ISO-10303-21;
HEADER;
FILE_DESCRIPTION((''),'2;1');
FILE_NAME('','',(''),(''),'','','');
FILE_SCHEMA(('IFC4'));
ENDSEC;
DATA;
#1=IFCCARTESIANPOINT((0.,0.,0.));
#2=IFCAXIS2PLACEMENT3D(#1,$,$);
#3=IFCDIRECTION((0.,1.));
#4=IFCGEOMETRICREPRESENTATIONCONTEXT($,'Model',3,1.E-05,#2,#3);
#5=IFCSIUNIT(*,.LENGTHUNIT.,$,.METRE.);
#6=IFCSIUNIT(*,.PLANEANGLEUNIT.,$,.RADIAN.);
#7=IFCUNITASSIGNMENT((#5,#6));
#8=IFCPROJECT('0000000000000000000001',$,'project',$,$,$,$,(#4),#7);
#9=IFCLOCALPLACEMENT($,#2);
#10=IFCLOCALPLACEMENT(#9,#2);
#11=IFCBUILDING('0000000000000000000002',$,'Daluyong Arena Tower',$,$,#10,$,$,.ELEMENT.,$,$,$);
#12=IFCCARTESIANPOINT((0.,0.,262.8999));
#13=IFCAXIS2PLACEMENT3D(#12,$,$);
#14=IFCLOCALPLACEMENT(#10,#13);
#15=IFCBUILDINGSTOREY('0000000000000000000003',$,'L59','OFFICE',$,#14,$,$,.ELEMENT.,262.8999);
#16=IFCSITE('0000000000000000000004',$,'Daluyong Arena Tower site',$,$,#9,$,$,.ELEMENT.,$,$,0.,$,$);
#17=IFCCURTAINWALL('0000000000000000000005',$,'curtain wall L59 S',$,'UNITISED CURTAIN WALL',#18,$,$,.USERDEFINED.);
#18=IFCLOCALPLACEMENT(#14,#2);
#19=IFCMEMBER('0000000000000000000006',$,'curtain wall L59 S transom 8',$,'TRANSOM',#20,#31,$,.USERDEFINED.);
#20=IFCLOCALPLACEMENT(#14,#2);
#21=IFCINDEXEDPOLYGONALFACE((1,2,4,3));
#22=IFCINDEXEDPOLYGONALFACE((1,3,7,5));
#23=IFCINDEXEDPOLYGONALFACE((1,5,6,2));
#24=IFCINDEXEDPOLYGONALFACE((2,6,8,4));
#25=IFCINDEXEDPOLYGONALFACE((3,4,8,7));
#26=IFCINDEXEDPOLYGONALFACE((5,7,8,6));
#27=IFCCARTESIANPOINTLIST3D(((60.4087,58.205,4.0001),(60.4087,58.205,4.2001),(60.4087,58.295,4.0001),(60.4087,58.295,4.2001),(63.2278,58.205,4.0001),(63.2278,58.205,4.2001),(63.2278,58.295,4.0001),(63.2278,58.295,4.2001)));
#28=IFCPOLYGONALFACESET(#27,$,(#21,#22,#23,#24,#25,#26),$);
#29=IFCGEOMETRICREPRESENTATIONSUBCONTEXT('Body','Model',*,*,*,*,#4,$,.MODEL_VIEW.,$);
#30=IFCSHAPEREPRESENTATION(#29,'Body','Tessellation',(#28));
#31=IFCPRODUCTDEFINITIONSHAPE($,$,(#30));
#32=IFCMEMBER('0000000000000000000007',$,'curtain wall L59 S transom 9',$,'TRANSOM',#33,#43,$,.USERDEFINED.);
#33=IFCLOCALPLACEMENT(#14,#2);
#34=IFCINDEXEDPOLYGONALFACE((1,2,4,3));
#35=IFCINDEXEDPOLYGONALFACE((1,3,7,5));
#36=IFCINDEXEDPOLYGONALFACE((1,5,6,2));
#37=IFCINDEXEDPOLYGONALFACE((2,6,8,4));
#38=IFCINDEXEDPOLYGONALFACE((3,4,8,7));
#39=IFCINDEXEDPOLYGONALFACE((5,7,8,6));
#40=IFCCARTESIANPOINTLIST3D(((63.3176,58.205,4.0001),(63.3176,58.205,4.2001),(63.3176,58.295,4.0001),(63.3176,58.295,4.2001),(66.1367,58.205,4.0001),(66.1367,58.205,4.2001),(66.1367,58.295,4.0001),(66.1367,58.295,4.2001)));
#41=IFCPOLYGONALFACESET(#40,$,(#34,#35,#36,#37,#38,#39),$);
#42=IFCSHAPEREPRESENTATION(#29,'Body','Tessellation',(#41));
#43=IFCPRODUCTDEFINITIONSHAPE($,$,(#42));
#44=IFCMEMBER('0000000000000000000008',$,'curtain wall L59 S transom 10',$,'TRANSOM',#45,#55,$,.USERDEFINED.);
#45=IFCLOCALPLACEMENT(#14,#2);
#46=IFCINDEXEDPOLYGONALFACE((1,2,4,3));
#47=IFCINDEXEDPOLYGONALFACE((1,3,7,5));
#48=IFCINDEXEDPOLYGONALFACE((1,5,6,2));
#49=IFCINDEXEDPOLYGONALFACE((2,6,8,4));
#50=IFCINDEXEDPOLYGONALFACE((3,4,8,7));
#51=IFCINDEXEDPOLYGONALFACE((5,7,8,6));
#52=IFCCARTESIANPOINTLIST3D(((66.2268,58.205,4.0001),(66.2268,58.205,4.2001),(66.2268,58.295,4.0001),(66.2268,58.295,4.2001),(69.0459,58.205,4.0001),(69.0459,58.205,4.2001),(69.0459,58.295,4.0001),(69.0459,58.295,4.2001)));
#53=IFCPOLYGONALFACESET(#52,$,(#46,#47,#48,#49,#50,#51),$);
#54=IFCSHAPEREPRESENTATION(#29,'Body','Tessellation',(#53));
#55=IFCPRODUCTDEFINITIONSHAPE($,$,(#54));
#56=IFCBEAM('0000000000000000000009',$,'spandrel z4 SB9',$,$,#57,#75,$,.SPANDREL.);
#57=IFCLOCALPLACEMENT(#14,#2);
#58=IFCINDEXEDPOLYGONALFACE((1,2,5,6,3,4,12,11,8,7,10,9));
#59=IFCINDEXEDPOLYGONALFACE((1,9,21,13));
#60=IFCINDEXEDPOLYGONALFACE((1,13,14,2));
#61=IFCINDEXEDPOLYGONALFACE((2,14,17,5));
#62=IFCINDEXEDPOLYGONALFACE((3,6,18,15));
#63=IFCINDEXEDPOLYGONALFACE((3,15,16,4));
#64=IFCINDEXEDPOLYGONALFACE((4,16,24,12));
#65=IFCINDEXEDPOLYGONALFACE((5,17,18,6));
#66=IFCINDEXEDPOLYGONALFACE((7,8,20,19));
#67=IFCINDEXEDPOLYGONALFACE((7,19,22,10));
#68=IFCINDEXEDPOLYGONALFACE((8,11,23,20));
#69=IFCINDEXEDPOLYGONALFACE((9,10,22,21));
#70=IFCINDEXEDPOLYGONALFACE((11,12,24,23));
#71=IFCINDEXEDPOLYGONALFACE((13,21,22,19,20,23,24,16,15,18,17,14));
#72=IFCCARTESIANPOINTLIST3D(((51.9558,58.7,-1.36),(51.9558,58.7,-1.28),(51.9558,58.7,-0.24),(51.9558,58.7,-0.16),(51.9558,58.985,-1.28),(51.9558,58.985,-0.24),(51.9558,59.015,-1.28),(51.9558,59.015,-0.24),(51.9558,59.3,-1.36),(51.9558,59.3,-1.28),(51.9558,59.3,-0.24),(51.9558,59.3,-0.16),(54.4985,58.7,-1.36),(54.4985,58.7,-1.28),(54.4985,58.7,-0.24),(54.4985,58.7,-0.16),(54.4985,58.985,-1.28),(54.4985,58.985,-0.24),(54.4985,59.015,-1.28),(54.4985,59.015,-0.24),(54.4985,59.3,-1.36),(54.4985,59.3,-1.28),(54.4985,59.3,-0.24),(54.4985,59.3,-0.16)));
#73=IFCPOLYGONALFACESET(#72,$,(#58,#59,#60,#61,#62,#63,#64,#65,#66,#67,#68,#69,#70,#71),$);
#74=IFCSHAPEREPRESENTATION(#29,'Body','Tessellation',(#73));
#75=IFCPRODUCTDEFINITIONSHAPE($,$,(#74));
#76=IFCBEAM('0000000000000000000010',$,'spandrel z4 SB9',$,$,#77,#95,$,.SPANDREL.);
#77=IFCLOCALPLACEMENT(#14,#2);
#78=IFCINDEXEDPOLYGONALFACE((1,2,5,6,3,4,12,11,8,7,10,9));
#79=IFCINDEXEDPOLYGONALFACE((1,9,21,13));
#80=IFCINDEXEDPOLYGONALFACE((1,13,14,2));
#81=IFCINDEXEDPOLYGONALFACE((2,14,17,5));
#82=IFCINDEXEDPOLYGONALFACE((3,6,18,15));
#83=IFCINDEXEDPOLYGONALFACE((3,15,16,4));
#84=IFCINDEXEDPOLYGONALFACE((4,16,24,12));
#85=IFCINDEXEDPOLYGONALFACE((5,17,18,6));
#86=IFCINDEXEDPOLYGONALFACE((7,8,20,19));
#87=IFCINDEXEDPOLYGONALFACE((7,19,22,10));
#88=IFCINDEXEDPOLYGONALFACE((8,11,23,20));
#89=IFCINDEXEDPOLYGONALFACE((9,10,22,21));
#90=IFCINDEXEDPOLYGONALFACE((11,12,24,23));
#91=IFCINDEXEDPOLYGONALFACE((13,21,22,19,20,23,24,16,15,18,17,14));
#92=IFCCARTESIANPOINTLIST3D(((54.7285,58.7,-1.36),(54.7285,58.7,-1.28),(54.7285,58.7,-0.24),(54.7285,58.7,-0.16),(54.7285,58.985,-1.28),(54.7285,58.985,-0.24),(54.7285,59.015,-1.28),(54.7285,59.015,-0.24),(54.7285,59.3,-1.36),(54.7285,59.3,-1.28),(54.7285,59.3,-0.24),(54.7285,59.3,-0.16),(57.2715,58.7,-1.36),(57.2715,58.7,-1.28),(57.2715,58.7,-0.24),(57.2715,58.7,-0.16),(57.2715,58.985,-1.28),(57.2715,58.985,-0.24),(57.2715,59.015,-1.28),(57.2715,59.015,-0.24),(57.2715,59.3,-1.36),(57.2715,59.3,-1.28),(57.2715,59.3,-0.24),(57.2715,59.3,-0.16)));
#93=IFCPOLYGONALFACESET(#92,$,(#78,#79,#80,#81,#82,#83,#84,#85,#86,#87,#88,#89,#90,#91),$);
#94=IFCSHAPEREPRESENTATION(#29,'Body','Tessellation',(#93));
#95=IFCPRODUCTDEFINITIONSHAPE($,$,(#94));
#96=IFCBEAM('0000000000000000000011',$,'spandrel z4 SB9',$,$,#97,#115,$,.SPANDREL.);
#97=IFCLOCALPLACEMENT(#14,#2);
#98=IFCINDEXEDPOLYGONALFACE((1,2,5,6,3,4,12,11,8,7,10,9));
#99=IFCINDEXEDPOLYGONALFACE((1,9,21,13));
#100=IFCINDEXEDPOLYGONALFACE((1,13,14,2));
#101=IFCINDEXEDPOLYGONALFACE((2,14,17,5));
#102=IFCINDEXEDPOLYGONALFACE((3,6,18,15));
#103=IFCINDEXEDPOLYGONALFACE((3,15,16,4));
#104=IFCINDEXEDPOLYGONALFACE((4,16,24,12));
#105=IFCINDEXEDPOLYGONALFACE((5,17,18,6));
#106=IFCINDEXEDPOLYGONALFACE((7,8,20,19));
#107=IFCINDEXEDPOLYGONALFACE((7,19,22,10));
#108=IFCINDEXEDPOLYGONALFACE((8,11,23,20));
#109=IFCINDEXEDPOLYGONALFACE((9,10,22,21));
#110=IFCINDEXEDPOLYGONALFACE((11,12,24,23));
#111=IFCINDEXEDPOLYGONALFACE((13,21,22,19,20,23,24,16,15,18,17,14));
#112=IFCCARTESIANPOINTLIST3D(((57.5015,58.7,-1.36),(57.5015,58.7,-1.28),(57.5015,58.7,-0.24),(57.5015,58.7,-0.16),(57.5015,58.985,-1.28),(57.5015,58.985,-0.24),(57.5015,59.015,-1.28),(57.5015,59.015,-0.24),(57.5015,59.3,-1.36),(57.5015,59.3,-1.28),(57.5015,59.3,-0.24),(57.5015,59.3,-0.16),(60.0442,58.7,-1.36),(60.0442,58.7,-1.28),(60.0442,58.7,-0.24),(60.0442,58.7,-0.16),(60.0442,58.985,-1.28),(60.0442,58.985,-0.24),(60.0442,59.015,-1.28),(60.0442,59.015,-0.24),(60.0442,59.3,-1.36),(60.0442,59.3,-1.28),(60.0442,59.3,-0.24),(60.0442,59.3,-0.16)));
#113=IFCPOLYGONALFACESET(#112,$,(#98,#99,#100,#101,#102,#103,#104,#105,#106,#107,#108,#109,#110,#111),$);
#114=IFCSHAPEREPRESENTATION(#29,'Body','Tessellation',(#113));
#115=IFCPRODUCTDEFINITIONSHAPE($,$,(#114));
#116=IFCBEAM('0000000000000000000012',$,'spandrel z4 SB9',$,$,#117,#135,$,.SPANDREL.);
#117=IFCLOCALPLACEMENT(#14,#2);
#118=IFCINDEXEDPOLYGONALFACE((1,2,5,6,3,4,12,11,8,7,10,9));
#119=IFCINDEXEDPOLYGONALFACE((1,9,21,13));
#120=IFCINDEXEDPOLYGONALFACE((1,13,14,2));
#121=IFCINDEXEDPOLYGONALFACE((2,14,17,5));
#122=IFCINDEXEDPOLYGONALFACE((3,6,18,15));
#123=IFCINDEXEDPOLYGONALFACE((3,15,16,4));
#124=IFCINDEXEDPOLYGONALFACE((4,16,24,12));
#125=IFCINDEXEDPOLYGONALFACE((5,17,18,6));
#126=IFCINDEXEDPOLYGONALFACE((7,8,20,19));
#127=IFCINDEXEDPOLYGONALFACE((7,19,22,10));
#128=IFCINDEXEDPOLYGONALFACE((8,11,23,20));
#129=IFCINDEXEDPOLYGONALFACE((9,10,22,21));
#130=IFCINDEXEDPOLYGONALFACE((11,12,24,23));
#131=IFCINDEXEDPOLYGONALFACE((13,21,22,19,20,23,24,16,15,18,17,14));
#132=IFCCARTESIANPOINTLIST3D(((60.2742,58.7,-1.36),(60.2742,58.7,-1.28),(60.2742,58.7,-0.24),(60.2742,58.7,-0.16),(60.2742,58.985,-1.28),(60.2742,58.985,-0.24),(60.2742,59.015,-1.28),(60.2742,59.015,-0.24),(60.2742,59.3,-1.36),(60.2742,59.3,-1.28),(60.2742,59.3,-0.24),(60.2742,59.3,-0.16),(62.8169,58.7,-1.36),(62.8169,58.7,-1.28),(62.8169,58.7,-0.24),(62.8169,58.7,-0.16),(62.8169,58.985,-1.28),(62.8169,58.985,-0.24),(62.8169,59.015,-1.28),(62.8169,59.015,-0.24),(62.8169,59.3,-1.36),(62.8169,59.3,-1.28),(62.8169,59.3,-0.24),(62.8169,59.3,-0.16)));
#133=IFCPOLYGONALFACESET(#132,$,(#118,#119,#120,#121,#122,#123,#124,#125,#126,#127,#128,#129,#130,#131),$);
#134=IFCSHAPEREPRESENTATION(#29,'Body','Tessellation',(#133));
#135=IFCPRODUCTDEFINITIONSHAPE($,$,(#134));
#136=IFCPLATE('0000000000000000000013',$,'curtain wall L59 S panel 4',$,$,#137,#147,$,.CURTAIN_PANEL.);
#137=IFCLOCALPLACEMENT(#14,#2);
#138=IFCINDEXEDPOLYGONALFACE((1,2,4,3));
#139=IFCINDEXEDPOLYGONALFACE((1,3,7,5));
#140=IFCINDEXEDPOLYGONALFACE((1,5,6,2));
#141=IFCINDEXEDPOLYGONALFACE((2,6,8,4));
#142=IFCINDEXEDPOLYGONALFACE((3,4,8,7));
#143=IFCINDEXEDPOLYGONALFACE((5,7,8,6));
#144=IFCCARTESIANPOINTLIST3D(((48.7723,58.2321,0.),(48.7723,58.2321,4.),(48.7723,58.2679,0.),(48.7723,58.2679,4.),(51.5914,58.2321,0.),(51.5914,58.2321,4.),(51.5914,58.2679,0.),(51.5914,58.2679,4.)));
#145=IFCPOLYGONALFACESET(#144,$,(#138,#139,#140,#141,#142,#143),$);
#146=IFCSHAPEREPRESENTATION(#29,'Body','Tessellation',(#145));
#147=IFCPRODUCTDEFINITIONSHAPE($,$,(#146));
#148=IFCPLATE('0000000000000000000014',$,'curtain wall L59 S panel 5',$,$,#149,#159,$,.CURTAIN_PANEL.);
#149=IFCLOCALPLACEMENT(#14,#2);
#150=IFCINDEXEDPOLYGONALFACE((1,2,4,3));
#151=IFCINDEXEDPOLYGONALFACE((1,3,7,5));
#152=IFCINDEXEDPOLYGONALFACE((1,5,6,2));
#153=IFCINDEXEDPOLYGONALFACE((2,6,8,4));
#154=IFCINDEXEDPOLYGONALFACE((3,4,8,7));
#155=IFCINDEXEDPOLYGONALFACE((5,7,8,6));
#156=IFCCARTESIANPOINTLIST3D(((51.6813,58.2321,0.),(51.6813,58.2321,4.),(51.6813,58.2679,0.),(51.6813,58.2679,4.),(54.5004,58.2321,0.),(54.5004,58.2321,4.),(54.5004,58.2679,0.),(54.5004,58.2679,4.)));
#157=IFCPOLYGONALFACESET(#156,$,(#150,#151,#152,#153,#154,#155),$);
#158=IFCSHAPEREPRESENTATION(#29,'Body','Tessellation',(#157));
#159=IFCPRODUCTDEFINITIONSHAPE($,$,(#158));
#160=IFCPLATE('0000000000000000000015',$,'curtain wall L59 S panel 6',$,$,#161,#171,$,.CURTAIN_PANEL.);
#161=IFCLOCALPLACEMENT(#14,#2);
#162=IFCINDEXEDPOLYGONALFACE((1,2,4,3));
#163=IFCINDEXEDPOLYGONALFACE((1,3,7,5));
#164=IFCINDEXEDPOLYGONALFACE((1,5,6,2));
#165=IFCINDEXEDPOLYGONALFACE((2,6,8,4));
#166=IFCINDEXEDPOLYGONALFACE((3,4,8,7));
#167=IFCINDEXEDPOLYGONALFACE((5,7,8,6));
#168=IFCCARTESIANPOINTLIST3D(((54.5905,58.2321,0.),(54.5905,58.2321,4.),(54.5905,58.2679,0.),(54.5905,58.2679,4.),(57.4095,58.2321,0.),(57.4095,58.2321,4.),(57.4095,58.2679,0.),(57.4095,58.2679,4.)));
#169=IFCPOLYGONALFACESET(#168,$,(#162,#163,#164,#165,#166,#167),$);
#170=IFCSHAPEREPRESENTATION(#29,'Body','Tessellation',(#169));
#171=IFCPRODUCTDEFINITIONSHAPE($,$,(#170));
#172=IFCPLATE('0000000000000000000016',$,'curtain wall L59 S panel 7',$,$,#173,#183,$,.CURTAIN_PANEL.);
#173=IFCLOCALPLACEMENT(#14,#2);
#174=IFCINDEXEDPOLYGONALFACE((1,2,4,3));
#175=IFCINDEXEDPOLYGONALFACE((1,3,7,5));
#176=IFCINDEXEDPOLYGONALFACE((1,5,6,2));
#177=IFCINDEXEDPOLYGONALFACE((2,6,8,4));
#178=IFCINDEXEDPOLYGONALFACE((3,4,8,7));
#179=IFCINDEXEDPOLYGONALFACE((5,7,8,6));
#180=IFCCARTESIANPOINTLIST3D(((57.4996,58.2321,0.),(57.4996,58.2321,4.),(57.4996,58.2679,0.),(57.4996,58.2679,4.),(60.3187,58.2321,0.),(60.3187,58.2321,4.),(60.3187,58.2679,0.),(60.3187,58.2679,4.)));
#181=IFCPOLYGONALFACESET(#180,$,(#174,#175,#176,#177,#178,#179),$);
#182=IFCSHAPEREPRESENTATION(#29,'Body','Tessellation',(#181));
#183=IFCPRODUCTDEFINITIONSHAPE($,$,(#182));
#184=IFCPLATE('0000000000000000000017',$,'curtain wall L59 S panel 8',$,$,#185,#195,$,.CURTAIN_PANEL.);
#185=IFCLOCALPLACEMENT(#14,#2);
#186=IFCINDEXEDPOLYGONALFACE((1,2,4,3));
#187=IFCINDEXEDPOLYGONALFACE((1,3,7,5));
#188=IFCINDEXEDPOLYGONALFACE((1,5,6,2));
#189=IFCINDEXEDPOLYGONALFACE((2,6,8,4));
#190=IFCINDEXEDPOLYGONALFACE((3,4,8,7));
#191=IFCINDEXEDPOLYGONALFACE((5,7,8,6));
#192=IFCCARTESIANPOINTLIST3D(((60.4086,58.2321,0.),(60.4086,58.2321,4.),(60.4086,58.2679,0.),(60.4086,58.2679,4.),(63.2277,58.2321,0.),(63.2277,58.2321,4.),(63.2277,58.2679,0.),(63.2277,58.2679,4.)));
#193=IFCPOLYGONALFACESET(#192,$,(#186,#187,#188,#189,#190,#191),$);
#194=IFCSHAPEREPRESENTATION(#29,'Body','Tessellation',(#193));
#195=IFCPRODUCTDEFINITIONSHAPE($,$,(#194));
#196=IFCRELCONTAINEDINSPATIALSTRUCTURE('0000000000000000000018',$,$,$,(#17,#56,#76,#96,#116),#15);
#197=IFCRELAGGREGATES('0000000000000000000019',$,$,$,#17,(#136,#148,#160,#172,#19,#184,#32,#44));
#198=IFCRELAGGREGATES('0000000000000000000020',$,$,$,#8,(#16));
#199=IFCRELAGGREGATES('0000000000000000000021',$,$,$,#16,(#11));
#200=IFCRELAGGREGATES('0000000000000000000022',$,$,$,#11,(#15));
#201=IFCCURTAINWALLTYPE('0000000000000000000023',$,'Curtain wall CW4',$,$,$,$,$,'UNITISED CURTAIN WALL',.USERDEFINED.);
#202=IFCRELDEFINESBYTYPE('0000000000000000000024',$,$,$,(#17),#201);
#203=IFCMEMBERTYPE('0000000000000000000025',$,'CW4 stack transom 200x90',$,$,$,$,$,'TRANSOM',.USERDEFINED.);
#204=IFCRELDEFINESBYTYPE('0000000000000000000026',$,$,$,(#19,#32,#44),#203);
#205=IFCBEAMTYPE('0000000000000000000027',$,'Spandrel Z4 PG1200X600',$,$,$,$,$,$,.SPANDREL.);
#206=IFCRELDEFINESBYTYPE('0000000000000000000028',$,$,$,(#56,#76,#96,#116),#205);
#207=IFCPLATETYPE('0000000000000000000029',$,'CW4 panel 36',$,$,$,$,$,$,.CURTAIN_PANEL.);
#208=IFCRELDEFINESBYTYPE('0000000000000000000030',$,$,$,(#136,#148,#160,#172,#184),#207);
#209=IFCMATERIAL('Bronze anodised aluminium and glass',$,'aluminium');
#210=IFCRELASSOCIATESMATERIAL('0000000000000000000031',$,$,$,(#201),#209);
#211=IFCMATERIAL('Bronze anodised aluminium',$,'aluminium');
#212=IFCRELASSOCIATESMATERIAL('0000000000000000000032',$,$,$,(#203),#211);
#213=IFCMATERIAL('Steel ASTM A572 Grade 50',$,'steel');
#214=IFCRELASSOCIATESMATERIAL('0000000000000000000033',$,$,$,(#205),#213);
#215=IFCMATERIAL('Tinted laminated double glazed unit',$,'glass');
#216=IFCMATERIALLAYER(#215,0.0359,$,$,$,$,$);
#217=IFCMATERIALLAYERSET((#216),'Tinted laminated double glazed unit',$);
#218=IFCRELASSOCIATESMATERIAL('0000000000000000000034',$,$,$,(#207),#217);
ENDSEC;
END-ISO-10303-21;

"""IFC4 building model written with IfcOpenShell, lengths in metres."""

from ifc_helpers import new_model, si_unit, direction, frame, origin, origin_2d, place, context, subcontext, project, spatial, rectangle, i_section, extrude, material, layer, layer_set, material_profile, profile_set, type_object, element, aggregate, save


model = new_model("IFC4")

# Units and contexts
model_context = context("Model", 3, precision=1e-05, world=origin(), true_north=direction((0.0, 1.0)))
body_context = subcontext(model_context, "Body", "Model", "MODEL_VIEW")
ifc_project = project(units=[si_unit("LENGTHUNIT", "METRE"), si_unit("PLANEANGLEUNIT", "RADIAN")], contexts=[model_context])

# Site, building, storey
site_placement = place(None, origin())
site = spatial("IfcSite", under=ifc_project, at=site_placement, Name="Daluyong Arena Tower site", CompositionType="ELEMENT", RefElevation=0.0)
building_placement = place(site_placement, origin())
building = spatial("IfcBuilding", under=site, at=building_placement, Name="Daluyong Arena Tower", CompositionType="ELEMENT")
storey_placement = place(building_placement, frame((0.0, 0.0, 262.8999)))
storey = spatial("IfcBuildingStorey", under=building, at=storey_placement, Name="L59", Description="OFFICE", CompositionType="ELEMENT", Elevation=262.8999)

# Curtain wall, members
ifc_material_1 = material(Name="Bronze anodised aluminium and glass", Category="aluminium")
curtain_wall_type = type_object("IfcCurtainWallType", Name="Curtain wall CW4", ElementType="UNITISED CURTAIN WALL", PredefinedType="USERDEFINED", material=ifc_material_1)
curtain_wall_placement = place(storey_placement, origin())
curtain_wall = element("IfcCurtainWall", 1, at=curtain_wall_placement, inside=storey, type_object=curtain_wall_type, Name="curtain wall L59 S", ObjectType="UNITISED CURTAIN WALL", PredefinedType="USERDEFINED")
ifc_material_2 = material(Name="Bronze anodised aluminium", Category="aluminium")
ifc_material_profile_1 = material_profile(ifc_material_2, rectangle(XDim=0.0901, YDim=0.2, at=origin_2d()))
ifc_profile_set_1 = profile_set([ifc_material_profile_1], Name="Bronze anodised aluminium")
member_type_1 = type_object("IfcMemberType", Name="CW4 stack transom 200x90", ElementType="TRANSOM", PredefinedType="USERDEFINED", material=ifc_profile_set_1)
member_1_placement = place(storey_placement, frame((60.4087, 58.25, 4.1001), z_axis=(1.0, 0.0, 0.0), x_axis=(0.0, 1.0, 0.0)))
member_1 = element("IfcMember", 2, at=member_1_placement, type_object=member_type_1, Name="curtain wall L59 S transom 8", ObjectType="TRANSOM", PredefinedType="USERDEFINED", context=body_context, shape_type="SweptSolid", body=[
    extrude(rectangle(XDim=0.0901, YDim=0.2, at=origin_2d()), origin(), (0.0, 0.0, 1.0), 2.8191),
])
member_2_placement = place(storey_placement, frame((63.3176, 58.25, 4.1001), z_axis=(1.0, 0.0, 0.0), x_axis=(0.0, 1.0, 0.0)))
member_2 = element("IfcMember", 3, at=member_2_placement, type_object=member_type_1, Name="curtain wall L59 S transom 9", ObjectType="TRANSOM", PredefinedType="USERDEFINED", context=body_context, shape_type="SweptSolid", body=[
    extrude(rectangle(XDim=0.0901, YDim=0.2, at=origin_2d()), origin(), (0.0, 0.0, 1.0), 2.8191),
])
member_3_placement = place(storey_placement, frame((66.2268, 58.25, 4.1001), z_axis=(1.0, 0.0, 0.0), x_axis=(0.0, 1.0, 0.0)))
member_3 = element("IfcMember", 4, at=member_3_placement, type_object=member_type_1, Name="curtain wall L59 S transom 10", ObjectType="TRANSOM", PredefinedType="USERDEFINED", context=body_context, shape_type="SweptSolid", body=[
    extrude(rectangle(XDim=0.0901, YDim=0.2, at=origin_2d()), origin(), (0.0, 0.0, 1.0), 2.8191),
])

# Beams
ifc_material_3 = material(Name="Steel ASTM A572 Grade 50", Category="steel")
ifc_material_profile_2 = material_profile(ifc_material_3, i_section(OverallWidth=0.6001, OverallDepth=1.2, WebThickness=0.03, FlangeThickness=0.08, at=origin_2d()))
ifc_profile_set_2 = profile_set([ifc_material_profile_2], Name="Steel ASTM A572 Grade 50")
beam_type = type_object("IfcBeamType", Name="Spandrel Z4 PG1200X600", PredefinedType="SPANDREL", material=ifc_profile_set_2)
beam_1_placement = place(storey_placement, frame((51.9558, 59.0, -0.76), z_axis=(1.0, 0.0, 0.0), x_axis=(0.0, 1.0, 0.0)))
element("IfcBeam", 5, at=beam_1_placement, inside=storey, type_object=beam_type, Name="spandrel z4 SB9", PredefinedType="SPANDREL", context=body_context, shape_type="SweptSolid", body=[
    extrude(i_section(OverallWidth=0.6001, OverallDepth=1.2, WebThickness=0.03, FlangeThickness=0.08, at=origin_2d()), origin(), (0.0, 0.0, 1.0), 2.5427),
])
beam_2_placement = place(storey_placement, frame((54.7285, 59.0, -0.76), z_axis=(1.0, 0.0, 0.0), x_axis=(0.0, 1.0, 0.0)))
element("IfcBeam", 6, at=beam_2_placement, inside=storey, type_object=beam_type, Name="spandrel z4 SB9", PredefinedType="SPANDREL", context=body_context, shape_type="SweptSolid", body=[
    extrude(i_section(OverallWidth=0.6001, OverallDepth=1.2, WebThickness=0.03, FlangeThickness=0.08, at=origin_2d()), origin(), (0.0, 0.0, 1.0), 2.543),
])
for number, where, z_axis, x_axis, name in (
    (7, (57.5015, 59.0, -0.76), (1.0, 0.0, 0.0), (0.0, 1.0, 0.0), "spandrel z4 SB9"),
    (8, (60.2742, 59.0, -0.76), (1.0, 0.0, 0.0), (0.0, 1.0, 0.0), "spandrel z4 SB9"),
):
    element("IfcBeam", number, at=place(storey_placement, frame(where, z_axis=z_axis, x_axis=x_axis)), inside=storey, type_object=beam_type, Name=name, PredefinedType="SPANDREL", context=body_context, shape_type="SweptSolid", body=[
        extrude(i_section(OverallWidth=0.6001, OverallDepth=1.2, WebThickness=0.03, FlangeThickness=0.08, at=origin_2d()), origin(), (0.0, 0.0, 1.0), 2.5427),
    ])

# Plates
ifc_material_4 = material(Name="Tinted laminated double glazed unit", Category="glass")
ifc_layer = layer(ifc_material_4, 0.0359)
ifc_layer_set = layer_set([ifc_layer], Name="Tinted laminated double glazed unit")
plate_type = type_object("IfcPlateType", Name="CW4 panel 36", PredefinedType="CURTAIN_PANEL", material=ifc_layer_set)
plate_1_placement = place(storey_placement, frame((50.1819, 58.25, 0.0), z_axis=(0.0, 0.0, 1.0), x_axis=(1.0, 0.0, 0.0)))
plate_1 = element("IfcPlate", 9, at=plate_1_placement, type_object=plate_type, Name="curtain wall L59 S panel 4", PredefinedType="CURTAIN_PANEL", context=body_context, shape_type="SweptSolid", body=[
    extrude(rectangle(XDim=2.8191, YDim=0.0359, at=origin_2d()), origin(), (0.0, 0.0, 1.0), 4.0),
])
plate_2_placement = place(storey_placement, frame((53.0908, 58.25, 0.0), z_axis=(0.0, 0.0, 1.0), x_axis=(1.0, 0.0, 0.0)))
plate_2 = element("IfcPlate", 10, at=plate_2_placement, type_object=plate_type, Name="curtain wall L59 S panel 5", PredefinedType="CURTAIN_PANEL", context=body_context, shape_type="SweptSolid", body=[
    extrude(rectangle(XDim=2.8191, YDim=0.0359, at=origin_2d()), origin(), (0.0, 0.0, 1.0), 4.0),
])
plate_3_placement = place(storey_placement, frame((56.0, 58.25, 0.0), z_axis=(0.0, 0.0, 1.0), x_axis=(1.0, 0.0, 0.0)))
plate_3 = element("IfcPlate", 11, at=plate_3_placement, type_object=plate_type, Name="curtain wall L59 S panel 6", PredefinedType="CURTAIN_PANEL", context=body_context, shape_type="SweptSolid", body=[
    extrude(rectangle(XDim=2.8191, YDim=0.0359, at=origin_2d()), origin(), (0.0, 0.0, 1.0), 4.0),
])
plate_4_placement = place(storey_placement, frame((58.9092, 58.25, 0.0), z_axis=(0.0, 0.0, 1.0), x_axis=(1.0, 0.0, 0.0)))
plate_4 = element("IfcPlate", 12, at=plate_4_placement, type_object=plate_type, Name="curtain wall L59 S panel 7", PredefinedType="CURTAIN_PANEL", context=body_context, shape_type="SweptSolid", body=[
    extrude(rectangle(XDim=2.8191, YDim=0.0359, at=origin_2d()), origin(), (0.0, 0.0, 1.0), 4.0),
])
plate_5_placement = place(storey_placement, frame((61.8181, 58.25, 0.0), z_axis=(0.0, 0.0, 1.0), x_axis=(1.0, 0.0, 0.0)))
plate_5 = element("IfcPlate", 13, at=plate_5_placement, type_object=plate_type, Name="curtain wall L59 S panel 8", PredefinedType="CURTAIN_PANEL", context=body_context, shape_type="SweptSolid", body=[
    extrude(rectangle(XDim=2.8191, YDim=0.0359, at=origin_2d()), origin(), (0.0, 0.0, 1.0), 4.0),
])
aggregate(curtain_wall, [plate_1, plate_2, plate_3, plate_4, member_1, plate_5, member_2, member_3])

save(model, "model.ifc")
